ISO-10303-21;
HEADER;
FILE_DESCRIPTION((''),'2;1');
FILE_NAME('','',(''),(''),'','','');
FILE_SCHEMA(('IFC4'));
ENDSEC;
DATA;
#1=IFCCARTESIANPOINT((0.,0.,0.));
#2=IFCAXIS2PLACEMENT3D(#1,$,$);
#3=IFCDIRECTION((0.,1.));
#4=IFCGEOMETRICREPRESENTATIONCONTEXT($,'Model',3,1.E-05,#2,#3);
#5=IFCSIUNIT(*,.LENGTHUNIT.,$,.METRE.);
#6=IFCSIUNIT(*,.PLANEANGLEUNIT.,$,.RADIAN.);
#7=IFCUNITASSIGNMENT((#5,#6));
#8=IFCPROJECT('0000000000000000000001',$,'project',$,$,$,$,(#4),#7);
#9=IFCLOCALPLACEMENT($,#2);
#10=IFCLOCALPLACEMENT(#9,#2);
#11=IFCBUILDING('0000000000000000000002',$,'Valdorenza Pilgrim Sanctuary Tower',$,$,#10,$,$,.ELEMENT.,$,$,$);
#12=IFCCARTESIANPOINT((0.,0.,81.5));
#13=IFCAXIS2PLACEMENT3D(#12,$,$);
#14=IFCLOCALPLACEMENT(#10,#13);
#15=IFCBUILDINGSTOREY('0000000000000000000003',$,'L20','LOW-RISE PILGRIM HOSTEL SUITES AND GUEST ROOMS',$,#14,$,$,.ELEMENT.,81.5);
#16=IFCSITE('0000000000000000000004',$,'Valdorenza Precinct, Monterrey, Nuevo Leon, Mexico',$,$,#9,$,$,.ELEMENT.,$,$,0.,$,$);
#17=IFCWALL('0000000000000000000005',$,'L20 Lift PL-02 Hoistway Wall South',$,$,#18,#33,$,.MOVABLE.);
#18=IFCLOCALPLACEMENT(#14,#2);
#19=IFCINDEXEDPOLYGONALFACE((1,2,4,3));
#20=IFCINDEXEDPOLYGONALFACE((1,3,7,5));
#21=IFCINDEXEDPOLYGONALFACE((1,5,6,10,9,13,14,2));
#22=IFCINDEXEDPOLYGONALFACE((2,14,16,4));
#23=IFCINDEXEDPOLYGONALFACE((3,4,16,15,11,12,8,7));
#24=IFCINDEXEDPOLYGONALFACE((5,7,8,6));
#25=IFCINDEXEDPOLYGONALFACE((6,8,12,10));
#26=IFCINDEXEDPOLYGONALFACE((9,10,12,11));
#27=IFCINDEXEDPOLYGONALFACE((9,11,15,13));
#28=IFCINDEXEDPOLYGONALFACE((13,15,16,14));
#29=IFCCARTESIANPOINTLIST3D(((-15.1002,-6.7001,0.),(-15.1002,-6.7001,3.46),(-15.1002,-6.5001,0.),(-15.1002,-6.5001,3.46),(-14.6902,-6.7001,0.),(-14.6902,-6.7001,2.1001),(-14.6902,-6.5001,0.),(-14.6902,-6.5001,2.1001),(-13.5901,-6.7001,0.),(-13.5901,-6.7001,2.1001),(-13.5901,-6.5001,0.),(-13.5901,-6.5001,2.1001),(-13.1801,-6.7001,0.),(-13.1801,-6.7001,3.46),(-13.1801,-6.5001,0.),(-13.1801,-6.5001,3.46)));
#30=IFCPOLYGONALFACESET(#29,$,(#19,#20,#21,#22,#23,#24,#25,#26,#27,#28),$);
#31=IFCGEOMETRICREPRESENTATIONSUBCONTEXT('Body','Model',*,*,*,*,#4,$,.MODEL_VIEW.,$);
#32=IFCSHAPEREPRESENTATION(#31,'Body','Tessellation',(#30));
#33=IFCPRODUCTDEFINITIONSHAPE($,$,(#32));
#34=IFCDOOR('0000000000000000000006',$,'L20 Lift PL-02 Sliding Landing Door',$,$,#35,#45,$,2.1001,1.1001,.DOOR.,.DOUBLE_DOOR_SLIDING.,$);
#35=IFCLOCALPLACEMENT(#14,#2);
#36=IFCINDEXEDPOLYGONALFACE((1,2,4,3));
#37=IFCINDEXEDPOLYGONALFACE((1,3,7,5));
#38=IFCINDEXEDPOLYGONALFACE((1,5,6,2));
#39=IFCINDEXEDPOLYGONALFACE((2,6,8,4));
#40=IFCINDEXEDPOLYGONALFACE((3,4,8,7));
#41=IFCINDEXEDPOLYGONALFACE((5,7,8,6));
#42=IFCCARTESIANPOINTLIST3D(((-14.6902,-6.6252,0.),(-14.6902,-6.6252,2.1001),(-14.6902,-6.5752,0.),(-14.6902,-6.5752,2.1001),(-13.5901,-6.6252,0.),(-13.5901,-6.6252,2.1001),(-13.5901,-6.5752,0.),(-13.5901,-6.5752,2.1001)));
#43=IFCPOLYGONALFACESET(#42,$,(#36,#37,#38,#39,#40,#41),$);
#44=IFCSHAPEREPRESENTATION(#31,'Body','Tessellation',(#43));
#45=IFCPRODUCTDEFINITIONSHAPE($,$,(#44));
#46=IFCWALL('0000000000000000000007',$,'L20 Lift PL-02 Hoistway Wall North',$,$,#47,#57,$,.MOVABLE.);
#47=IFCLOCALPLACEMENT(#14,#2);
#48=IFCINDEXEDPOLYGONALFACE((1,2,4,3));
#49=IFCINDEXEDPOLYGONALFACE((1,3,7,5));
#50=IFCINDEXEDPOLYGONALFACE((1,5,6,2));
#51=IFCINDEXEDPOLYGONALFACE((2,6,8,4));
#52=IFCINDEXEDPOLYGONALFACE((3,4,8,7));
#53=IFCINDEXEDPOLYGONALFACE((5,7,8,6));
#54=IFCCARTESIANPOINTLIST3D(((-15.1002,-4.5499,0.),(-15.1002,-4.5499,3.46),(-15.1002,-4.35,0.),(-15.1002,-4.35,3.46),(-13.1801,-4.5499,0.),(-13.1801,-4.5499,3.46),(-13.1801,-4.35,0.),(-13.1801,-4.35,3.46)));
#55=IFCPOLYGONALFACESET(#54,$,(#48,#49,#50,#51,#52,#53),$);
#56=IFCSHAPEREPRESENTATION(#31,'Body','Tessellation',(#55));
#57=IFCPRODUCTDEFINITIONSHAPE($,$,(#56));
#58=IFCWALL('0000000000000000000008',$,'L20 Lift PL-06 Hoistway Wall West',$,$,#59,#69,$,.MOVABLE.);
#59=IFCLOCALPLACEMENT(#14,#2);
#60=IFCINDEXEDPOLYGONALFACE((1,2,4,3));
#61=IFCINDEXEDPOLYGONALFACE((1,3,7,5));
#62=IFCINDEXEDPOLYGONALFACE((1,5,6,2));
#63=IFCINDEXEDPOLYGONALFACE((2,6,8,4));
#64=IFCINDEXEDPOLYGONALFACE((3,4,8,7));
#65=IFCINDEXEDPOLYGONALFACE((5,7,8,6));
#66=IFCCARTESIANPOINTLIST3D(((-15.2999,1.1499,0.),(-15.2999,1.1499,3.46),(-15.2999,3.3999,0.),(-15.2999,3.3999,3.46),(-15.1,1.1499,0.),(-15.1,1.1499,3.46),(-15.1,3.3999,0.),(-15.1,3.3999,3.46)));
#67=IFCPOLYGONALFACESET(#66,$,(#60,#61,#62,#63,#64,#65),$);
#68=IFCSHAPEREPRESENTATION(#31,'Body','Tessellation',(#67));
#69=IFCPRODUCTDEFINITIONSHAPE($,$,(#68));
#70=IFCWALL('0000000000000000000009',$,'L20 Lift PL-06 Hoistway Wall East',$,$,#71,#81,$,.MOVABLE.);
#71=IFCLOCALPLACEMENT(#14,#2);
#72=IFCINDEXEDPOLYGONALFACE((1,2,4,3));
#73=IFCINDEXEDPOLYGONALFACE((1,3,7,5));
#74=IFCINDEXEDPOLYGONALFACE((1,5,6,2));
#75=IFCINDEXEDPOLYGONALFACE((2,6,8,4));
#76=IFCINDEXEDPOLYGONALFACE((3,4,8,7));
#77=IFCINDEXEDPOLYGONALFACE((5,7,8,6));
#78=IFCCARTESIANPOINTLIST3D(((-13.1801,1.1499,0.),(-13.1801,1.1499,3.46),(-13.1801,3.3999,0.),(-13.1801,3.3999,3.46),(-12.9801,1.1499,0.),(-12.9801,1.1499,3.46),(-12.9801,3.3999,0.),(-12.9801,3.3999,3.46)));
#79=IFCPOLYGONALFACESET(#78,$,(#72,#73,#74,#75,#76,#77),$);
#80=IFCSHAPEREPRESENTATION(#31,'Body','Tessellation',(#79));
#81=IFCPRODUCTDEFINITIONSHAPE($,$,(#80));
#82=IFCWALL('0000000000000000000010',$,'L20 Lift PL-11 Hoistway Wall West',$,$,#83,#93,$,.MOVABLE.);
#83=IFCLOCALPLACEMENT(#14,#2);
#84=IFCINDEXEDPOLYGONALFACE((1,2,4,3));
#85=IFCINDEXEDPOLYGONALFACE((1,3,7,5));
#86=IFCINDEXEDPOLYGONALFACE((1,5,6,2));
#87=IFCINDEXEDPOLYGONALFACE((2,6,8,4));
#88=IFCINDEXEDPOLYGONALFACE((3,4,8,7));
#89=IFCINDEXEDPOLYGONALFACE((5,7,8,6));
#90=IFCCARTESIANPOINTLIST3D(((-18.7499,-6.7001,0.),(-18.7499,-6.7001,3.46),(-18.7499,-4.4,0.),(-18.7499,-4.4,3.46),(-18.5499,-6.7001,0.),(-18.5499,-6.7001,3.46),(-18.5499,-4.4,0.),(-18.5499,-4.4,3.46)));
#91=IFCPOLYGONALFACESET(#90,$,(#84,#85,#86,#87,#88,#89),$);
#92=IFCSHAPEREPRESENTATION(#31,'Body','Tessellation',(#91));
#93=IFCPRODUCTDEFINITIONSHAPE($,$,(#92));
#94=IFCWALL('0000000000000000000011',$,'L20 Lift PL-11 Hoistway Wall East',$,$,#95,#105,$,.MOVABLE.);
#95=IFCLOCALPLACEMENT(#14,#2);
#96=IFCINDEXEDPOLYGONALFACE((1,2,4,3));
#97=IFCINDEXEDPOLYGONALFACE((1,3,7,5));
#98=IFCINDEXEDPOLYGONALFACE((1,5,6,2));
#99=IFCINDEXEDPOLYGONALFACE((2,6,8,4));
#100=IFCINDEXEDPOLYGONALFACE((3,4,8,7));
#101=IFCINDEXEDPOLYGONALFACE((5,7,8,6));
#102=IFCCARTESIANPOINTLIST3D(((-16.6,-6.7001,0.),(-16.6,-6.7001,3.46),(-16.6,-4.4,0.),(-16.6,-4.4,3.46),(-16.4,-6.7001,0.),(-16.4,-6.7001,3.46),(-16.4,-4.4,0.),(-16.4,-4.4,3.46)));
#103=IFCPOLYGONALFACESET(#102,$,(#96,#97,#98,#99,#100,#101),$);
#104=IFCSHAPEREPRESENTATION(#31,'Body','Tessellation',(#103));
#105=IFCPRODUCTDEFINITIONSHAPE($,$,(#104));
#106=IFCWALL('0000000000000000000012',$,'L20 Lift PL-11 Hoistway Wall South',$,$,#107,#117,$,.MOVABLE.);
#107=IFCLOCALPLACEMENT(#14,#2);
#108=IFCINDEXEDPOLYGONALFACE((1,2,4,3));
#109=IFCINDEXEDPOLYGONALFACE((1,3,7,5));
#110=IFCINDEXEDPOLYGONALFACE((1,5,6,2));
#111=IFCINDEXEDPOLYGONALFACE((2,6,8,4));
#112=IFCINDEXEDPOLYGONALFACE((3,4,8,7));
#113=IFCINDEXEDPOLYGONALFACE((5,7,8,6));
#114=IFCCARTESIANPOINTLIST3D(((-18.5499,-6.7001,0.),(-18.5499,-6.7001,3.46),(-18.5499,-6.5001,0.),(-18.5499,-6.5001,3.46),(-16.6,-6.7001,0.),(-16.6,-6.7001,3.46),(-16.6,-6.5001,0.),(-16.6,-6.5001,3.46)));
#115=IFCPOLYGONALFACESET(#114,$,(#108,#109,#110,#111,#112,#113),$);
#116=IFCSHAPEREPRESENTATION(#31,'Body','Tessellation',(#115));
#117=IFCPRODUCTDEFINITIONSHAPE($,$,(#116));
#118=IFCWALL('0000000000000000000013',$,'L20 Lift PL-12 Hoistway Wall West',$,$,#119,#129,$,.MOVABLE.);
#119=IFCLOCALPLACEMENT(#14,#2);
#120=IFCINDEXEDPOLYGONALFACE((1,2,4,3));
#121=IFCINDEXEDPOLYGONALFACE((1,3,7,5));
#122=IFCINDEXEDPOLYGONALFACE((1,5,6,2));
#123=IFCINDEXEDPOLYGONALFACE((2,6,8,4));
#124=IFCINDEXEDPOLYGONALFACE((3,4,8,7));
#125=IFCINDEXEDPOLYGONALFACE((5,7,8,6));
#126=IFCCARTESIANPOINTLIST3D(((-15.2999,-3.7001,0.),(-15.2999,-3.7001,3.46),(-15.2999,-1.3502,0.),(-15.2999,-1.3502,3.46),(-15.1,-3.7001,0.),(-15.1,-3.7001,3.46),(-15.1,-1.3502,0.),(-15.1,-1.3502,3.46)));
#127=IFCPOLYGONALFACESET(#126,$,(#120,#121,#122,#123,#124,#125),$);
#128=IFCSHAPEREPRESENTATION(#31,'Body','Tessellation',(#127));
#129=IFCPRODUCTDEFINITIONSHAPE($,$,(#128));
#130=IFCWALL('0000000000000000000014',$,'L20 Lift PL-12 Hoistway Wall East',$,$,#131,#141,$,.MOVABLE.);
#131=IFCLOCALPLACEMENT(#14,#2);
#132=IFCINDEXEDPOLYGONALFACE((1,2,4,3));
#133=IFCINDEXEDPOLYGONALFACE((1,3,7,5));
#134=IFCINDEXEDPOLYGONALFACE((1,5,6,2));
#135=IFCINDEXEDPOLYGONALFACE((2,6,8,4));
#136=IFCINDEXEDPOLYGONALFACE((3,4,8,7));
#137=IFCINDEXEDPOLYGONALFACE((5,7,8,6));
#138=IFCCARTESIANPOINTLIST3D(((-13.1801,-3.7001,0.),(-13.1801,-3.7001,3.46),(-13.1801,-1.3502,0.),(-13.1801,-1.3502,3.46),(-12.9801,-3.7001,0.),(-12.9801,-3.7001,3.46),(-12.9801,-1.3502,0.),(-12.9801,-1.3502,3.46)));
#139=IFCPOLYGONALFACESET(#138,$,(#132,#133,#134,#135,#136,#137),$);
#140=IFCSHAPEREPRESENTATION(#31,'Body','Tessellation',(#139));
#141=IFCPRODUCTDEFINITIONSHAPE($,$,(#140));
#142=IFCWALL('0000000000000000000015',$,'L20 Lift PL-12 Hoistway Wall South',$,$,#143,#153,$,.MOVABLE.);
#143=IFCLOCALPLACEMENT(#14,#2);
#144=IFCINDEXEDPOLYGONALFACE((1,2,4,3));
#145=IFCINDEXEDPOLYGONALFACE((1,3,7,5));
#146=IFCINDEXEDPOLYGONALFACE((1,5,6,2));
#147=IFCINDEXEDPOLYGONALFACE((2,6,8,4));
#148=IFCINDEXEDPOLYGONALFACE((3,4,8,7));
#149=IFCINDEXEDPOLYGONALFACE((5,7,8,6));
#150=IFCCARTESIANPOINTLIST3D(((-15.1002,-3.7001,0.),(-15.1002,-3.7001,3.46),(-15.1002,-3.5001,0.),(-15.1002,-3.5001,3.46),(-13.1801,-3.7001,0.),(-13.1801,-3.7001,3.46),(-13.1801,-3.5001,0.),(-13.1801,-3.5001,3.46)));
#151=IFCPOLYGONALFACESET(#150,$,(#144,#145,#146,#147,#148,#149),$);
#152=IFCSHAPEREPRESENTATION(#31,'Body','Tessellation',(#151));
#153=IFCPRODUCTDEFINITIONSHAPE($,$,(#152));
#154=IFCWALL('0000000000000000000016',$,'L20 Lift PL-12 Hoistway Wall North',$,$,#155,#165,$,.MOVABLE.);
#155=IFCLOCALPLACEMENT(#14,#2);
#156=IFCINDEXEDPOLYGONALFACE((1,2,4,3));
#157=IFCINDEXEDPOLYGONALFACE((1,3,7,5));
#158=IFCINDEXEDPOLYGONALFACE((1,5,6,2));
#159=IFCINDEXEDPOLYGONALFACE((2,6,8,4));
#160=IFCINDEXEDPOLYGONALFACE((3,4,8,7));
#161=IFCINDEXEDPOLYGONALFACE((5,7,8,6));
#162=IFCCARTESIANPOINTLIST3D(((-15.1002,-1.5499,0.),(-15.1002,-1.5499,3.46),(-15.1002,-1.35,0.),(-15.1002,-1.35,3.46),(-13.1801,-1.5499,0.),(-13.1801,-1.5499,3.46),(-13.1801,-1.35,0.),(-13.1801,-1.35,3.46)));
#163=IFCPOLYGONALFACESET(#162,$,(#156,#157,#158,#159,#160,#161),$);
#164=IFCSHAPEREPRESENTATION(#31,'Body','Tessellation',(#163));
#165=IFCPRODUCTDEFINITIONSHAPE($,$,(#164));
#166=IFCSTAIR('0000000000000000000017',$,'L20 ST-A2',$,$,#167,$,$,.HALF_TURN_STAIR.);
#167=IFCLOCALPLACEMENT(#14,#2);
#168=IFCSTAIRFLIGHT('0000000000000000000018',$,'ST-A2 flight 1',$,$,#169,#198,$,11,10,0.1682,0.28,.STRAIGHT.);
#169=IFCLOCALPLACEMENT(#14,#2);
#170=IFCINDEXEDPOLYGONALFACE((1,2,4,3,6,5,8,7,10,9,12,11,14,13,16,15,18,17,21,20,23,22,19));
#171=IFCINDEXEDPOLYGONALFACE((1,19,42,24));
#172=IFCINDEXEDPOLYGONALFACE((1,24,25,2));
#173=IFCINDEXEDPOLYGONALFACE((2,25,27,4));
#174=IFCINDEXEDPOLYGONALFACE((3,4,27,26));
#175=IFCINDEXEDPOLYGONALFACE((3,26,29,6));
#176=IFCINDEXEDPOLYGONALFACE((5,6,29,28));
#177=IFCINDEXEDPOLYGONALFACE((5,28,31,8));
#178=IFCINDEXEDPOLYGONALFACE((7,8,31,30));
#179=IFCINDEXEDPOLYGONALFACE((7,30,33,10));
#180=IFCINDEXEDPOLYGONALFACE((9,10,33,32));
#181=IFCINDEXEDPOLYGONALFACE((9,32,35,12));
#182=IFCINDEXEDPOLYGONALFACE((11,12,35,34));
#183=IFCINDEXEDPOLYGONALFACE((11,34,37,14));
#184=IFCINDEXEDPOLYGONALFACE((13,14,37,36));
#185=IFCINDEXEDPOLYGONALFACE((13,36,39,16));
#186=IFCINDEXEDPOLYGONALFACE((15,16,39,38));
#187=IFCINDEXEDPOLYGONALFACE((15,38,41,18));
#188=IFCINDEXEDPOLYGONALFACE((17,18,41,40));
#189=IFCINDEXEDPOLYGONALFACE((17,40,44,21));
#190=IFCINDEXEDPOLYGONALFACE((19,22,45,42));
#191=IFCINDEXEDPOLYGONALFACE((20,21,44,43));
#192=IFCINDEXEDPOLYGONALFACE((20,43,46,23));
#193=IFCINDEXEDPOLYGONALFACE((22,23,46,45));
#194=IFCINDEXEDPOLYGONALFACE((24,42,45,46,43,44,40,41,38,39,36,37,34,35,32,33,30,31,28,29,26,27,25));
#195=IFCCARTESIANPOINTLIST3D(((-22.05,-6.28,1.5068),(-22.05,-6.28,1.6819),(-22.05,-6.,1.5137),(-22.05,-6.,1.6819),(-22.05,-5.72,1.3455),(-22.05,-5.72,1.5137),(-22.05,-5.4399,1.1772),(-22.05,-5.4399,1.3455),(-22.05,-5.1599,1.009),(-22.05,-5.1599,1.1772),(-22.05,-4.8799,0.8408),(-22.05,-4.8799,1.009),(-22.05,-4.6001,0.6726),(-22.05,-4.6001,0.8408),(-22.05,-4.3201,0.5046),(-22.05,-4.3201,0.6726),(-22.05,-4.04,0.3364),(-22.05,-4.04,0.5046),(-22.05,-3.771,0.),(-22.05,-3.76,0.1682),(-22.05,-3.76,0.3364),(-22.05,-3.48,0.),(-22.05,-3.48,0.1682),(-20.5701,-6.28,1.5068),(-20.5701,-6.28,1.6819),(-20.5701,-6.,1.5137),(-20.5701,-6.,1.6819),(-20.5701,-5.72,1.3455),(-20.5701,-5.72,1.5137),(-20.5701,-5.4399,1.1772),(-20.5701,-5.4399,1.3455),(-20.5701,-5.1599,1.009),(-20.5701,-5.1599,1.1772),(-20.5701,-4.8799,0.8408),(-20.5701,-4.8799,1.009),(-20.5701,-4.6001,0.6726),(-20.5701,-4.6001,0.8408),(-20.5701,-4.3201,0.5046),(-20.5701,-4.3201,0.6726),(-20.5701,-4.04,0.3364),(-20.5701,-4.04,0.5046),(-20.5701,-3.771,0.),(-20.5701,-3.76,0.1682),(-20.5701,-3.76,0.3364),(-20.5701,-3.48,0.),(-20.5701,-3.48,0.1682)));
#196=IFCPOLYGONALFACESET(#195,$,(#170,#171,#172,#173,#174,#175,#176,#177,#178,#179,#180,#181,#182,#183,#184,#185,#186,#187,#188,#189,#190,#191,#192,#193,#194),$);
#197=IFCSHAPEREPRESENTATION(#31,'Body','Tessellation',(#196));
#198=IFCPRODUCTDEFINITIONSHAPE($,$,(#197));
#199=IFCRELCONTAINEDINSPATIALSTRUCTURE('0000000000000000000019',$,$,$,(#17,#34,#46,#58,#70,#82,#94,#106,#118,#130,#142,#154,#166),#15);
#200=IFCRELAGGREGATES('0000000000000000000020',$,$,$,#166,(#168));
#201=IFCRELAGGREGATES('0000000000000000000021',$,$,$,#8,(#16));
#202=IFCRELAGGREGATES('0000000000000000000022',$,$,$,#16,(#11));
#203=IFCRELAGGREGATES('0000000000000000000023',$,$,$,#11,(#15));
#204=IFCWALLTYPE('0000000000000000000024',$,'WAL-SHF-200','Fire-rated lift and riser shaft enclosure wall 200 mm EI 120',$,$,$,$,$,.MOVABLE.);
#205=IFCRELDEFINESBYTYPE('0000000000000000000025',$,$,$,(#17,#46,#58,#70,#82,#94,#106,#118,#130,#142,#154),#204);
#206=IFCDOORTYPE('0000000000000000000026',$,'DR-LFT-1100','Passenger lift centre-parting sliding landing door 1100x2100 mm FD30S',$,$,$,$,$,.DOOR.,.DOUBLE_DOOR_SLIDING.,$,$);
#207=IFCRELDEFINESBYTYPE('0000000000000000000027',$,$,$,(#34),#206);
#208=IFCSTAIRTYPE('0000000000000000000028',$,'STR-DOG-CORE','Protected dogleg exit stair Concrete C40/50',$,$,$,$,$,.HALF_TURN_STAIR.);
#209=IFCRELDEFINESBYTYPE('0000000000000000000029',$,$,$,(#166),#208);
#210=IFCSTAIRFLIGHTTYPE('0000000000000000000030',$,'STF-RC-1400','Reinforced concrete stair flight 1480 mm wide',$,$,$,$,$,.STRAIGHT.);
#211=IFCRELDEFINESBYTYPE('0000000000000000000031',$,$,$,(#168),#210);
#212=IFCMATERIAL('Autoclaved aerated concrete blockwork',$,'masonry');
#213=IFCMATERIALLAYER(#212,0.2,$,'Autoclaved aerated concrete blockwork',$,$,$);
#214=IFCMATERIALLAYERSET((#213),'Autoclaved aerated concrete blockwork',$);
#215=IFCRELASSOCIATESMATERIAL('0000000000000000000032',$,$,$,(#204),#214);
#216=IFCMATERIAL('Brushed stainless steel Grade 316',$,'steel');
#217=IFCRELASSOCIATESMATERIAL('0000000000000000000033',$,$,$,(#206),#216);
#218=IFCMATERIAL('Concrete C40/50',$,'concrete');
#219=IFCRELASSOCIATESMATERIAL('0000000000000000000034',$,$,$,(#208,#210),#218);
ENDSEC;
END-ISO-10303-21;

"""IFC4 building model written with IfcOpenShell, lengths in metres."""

from ifc_helpers import new_model, si_unit, direction, frame, frame_2d, origin, place, context, subcontext, project, spatial, polyline, rectangle, outline, extrude, material, layer, layer_set, type_object, element, fill, aggregate, save


model = new_model("IFC4")

# Units and contexts
model_context = context("Model", 3, precision=1e-05, world=origin(), true_north=direction((0.0, 1.0)))
body_context = subcontext(model_context, "Body", "Model", "MODEL_VIEW")
ifc_project = project(units=[si_unit("LENGTHUNIT", "METRE"), si_unit("PLANEANGLEUNIT", "RADIAN")], contexts=[model_context])

# Site, building, storey
site_placement = place(None, origin())
site = spatial("IfcSite", under=ifc_project, at=site_placement, Name="Valdorenza Precinct, Monterrey, Nuevo Leon, Mexico", CompositionType="ELEMENT", RefElevation=0.0)
building_placement = place(site_placement, origin())
building = spatial("IfcBuilding", under=site, at=building_placement, Name="Valdorenza Pilgrim Sanctuary Tower", CompositionType="ELEMENT")
storey_placement = place(building_placement, frame((0.0, 0.0, 81.5)))
storey = spatial("IfcBuildingStorey", under=building, at=storey_placement, Name="L20", Description="LOW-RISE PILGRIM HOSTEL SUITES AND GUEST ROOMS", CompositionType="ELEMENT", Elevation=81.5)

# Shared definitions
ifc_material_1 = material(Name="Autoclaved aerated concrete blockwork", Category="masonry")
ifc_layer_1 = layer(ifc_material_1, 0.2, Name="Autoclaved aerated concrete blockwork")
ifc_layer_set_1 = layer_set([ifc_layer_1], Name="Autoclaved aerated concrete blockwork")
wall_type_1 = type_object("IfcWallType", Name="WAL-SHF-200", Description="Fire-rated lift and riser shaft enclosure wall 200 mm EI 120", PredefinedType="MOVABLE", material=ifc_layer_set_1)

# Shared definitions
ifc_material_2 = material(Name="Brushed stainless steel Grade 316", Category="steel")

# Wall, opening, door
wall_1_placement = place(storey_placement, frame((-15.1001, -6.6001, 0.0), z_axis=(0.0, 0.0, 1.0), x_axis=(1.0, 0.0, 0.0)))
wall_1 = element("IfcWall", 1, at=wall_1_placement, inside=storey, type_object=wall_type_1, Name="L20 Lift PL-02 Hoistway Wall South", PredefinedType="MOVABLE", context=body_context, shape_type="SweptSolid", body=[
    extrude(rectangle(XDim=1.9202, YDim=0.2, at=frame_2d((0.96, 0.0))), origin(), (0.0, 0.0, 1.0), 3.46),
])
opening_1_placement = place(wall_1_placement, frame((0.4099, 0.0, 0.0)))
opening_1 = element("IfcOpeningElement", 2, at=opening_1_placement, cuts=wall_1, PredefinedType="OPENING", context=body_context, shape_type="SweptSolid", body=[
    extrude(rectangle(XDim=1.1001, YDim=2.1001, at=frame_2d((0.55, 1.05))), frame((0.0, 0.1147, 0.0), z_axis=(0.0, -1.0, 0.0), x_axis=(1.0, 0.0, 0.0)), (0.0, 0.0, 1.0), 0.2297),
])
door_type_1 = type_object("IfcDoorType", Name="DR-LFT-1100", Description="Passenger lift centre-parting sliding landing door 1100x2100 mm FD30S", OperationType="DOUBLE_DOOR_SLIDING", PredefinedType="DOOR", material=ifc_material_2)
door_1_placement = place(opening_1_placement, origin())
door_1 = element("IfcDoor", 3, at=door_1_placement, inside=storey, type_object=door_type_1, Name="L20 Lift PL-02 Sliding Landing Door", OperationType="DOUBLE_DOOR_SLIDING", OverallHeight=2.1001, OverallWidth=1.1001, PredefinedType="DOOR", context=body_context, shape_type="SweptSolid", body=[
    extrude(rectangle(XDim=1.1001, YDim=2.1001, at=frame_2d((0.55, 1.05))), frame((0.0, 0.0249, 0.0), z_axis=(0.0, -1.0, 0.0), x_axis=(1.0, 0.0, 0.0)), (0.0, 0.0, 1.0), 0.05),
])
fill(opening_1, door_1)

# Walls
wall_2_placement = place(storey_placement, frame((-15.1001, -4.45, 0.0), z_axis=(0.0, 0.0, 1.0), x_axis=(1.0, 0.0, 0.0)))
element("IfcWall", 4, at=wall_2_placement, inside=storey, type_object=wall_type_1, Name="L20 Lift PL-02 Hoistway Wall North", PredefinedType="MOVABLE", context=body_context, shape_type="SweptSolid", body=[
    extrude(rectangle(XDim=1.9202, YDim=0.2, at=frame_2d((0.96, 0.0))), origin(), (0.0, 0.0, 1.0), 3.46),
])
for number, where, z_axis, x_axis, name in (
    (5, (-15.2, 1.1499, 0.0), (0.0, 0.0, 1.0), (0.0, 1.0, 0.0), "L20 Lift PL-06 Hoistway Wall West"),
    (6, (-13.0801, 1.1499, 0.0), (0.0, 0.0, 1.0), (0.0, 1.0, 0.0), "L20 Lift PL-06 Hoistway Wall East"),
):
    element("IfcWall", number, at=place(storey_placement, frame(where, z_axis=z_axis, x_axis=x_axis)), inside=storey, type_object=wall_type_1, Name=name, PredefinedType="MOVABLE", context=body_context, shape_type="SweptSolid", body=[
        extrude(rectangle(XDim=2.25, YDim=0.2, at=frame_2d((1.125, 0.0))), origin(), (0.0, 0.0, 1.0), 3.46),
    ])
for number, where, z_axis, x_axis, name in (
    (7, (-18.6499, -6.7, 0.0), (0.0, 0.0, 1.0), (0.0, 1.0, 0.0), "L20 Lift PL-11 Hoistway Wall West"),
    (8, (-16.5, -6.7, 0.0), (0.0, 0.0, 1.0), (0.0, 1.0, 0.0), "L20 Lift PL-11 Hoistway Wall East"),
):
    element("IfcWall", number, at=place(storey_placement, frame(where, z_axis=z_axis, x_axis=x_axis)), inside=storey, type_object=wall_type_1, Name=name, PredefinedType="MOVABLE", context=body_context, shape_type="SweptSolid", body=[
        extrude(rectangle(XDim=2.3, YDim=0.2, at=frame_2d((1.1499, 0.0))), origin(), (0.0, 0.0, 1.0), 3.46),
    ])
wall_3_placement = place(storey_placement, frame((-18.55, -6.6001, 0.0), z_axis=(0.0, 0.0, 1.0), x_axis=(1.0, 0.0, 0.0)))
element("IfcWall", 9, at=wall_3_placement, inside=storey, type_object=wall_type_1, Name="L20 Lift PL-11 Hoistway Wall South", PredefinedType="MOVABLE", context=body_context, shape_type="SweptSolid", body=[
    extrude(rectangle(XDim=1.95, YDim=0.2, at=frame_2d((0.9751, 0.0))), origin(), (0.0, 0.0, 1.0), 3.46),
])
for number, where, z_axis, x_axis, name in (
    (10, (-15.2, -3.7, 0.0), (0.0, 0.0, 1.0), (0.0, 1.0, 0.0), "L20 Lift PL-12 Hoistway Wall West"),
    (11, (-13.0801, -3.7, 0.0), (0.0, 0.0, 1.0), (0.0, 1.0, 0.0), "L20 Lift PL-12 Hoistway Wall East"),
):
    element("IfcWall", number, at=place(storey_placement, frame(where, z_axis=z_axis, x_axis=x_axis)), inside=storey, type_object=wall_type_1, Name=name, PredefinedType="MOVABLE", context=body_context, shape_type="SweptSolid", body=[
        extrude(rectangle(XDim=2.3499, YDim=0.2, at=frame_2d((1.1748, 0.0))), origin(), (0.0, 0.0, 1.0), 3.46),
    ])
for number, where, z_axis, x_axis, name in (
    (12, (-15.1001, -3.6001, 0.0), (0.0, 0.0, 1.0), (1.0, 0.0, 0.0), "L20 Lift PL-12 Hoistway Wall South"),
    (13, (-15.1001, -1.45, 0.0), (0.0, 0.0, 1.0), (1.0, 0.0, 0.0), "L20 Lift PL-12 Hoistway Wall North"),
):
    element("IfcWall", number, at=place(storey_placement, frame(where, z_axis=z_axis, x_axis=x_axis)), inside=storey, type_object=wall_type_1, Name=name, PredefinedType="MOVABLE", context=body_context, shape_type="SweptSolid", body=[
        extrude(rectangle(XDim=1.9202, YDim=0.2, at=frame_2d((0.96, 0.0))), origin(), (0.0, 0.0, 1.0), 3.46),
    ])

# Shared definitions
ifc_material_3 = material(Name="Concrete C40/50", Category="concrete")

# Stair, stair flight
stair_type = type_object("IfcStairType", Name="STR-DOG-CORE", Description="Protected dogleg exit stair Concrete C40/50", PredefinedType="HALF_TURN_STAIR", material=ifc_material_3)
stair_placement = place(storey_placement, origin())
stair = element("IfcStair", 14, at=stair_placement, inside=storey, type_object=stair_type, Name="L20 ST-A2", PredefinedType="HALF_TURN_STAIR")
stair_flight_type = type_object("IfcStairFlightType", Name="STF-RC-1400", Description="Reinforced concrete stair flight 1480 mm wide", PredefinedType="STRAIGHT", material=ifc_material_3)
stair_flight_1_placement = place(storey_placement, frame((-21.3101, -3.48, 0.0), z_axis=(0.0, 0.0, 1.0), x_axis=(0.0, -1.0, 0.0)))
stair_flight_1 = element("IfcStairFlight", 15, at=stair_flight_1_placement, type_object=stair_flight_type, Name="ST-A2 flight 1", NumberOfRisers=11, NumberOfTreads=10, PredefinedType="STRAIGHT", RiserHeight=0.1682, TreadLength=0.28, context=body_context, shape_type="SweptSolid", body=[
    extrude(outline(polyline([(0.0, 0.0), (0.0, 0.1682), (0.28, 0.1682), (0.28, 0.3364), (0.5601, 0.3364), (0.5601, 0.5046), (0.8401, 0.5046), (0.8401, 0.6726), (1.1201, 0.6726), (1.1201, 0.8408), (1.3999, 0.8408), (1.3999, 1.009), (1.6799, 1.009), (1.6799, 1.1772), (1.96, 1.1772), (1.96, 1.3455), (2.24, 1.3455), (2.24, 1.5137), (2.52, 1.5137), (2.52, 1.6819), (2.8, 1.6819), (2.8, 1.8501), (2.8, 1.5068), (0.291, 0.0), (0.0, 0.0)])), frame((0.0, 0.74, 0.0), z_axis=(0.0, -1.0, 0.0), x_axis=(1.0, 0.0, 0.0)), (0.0, 0.0, 1.0), 1.48),
])
aggregate(stair, [stair_flight_1])

save(model, "model.ifc")
